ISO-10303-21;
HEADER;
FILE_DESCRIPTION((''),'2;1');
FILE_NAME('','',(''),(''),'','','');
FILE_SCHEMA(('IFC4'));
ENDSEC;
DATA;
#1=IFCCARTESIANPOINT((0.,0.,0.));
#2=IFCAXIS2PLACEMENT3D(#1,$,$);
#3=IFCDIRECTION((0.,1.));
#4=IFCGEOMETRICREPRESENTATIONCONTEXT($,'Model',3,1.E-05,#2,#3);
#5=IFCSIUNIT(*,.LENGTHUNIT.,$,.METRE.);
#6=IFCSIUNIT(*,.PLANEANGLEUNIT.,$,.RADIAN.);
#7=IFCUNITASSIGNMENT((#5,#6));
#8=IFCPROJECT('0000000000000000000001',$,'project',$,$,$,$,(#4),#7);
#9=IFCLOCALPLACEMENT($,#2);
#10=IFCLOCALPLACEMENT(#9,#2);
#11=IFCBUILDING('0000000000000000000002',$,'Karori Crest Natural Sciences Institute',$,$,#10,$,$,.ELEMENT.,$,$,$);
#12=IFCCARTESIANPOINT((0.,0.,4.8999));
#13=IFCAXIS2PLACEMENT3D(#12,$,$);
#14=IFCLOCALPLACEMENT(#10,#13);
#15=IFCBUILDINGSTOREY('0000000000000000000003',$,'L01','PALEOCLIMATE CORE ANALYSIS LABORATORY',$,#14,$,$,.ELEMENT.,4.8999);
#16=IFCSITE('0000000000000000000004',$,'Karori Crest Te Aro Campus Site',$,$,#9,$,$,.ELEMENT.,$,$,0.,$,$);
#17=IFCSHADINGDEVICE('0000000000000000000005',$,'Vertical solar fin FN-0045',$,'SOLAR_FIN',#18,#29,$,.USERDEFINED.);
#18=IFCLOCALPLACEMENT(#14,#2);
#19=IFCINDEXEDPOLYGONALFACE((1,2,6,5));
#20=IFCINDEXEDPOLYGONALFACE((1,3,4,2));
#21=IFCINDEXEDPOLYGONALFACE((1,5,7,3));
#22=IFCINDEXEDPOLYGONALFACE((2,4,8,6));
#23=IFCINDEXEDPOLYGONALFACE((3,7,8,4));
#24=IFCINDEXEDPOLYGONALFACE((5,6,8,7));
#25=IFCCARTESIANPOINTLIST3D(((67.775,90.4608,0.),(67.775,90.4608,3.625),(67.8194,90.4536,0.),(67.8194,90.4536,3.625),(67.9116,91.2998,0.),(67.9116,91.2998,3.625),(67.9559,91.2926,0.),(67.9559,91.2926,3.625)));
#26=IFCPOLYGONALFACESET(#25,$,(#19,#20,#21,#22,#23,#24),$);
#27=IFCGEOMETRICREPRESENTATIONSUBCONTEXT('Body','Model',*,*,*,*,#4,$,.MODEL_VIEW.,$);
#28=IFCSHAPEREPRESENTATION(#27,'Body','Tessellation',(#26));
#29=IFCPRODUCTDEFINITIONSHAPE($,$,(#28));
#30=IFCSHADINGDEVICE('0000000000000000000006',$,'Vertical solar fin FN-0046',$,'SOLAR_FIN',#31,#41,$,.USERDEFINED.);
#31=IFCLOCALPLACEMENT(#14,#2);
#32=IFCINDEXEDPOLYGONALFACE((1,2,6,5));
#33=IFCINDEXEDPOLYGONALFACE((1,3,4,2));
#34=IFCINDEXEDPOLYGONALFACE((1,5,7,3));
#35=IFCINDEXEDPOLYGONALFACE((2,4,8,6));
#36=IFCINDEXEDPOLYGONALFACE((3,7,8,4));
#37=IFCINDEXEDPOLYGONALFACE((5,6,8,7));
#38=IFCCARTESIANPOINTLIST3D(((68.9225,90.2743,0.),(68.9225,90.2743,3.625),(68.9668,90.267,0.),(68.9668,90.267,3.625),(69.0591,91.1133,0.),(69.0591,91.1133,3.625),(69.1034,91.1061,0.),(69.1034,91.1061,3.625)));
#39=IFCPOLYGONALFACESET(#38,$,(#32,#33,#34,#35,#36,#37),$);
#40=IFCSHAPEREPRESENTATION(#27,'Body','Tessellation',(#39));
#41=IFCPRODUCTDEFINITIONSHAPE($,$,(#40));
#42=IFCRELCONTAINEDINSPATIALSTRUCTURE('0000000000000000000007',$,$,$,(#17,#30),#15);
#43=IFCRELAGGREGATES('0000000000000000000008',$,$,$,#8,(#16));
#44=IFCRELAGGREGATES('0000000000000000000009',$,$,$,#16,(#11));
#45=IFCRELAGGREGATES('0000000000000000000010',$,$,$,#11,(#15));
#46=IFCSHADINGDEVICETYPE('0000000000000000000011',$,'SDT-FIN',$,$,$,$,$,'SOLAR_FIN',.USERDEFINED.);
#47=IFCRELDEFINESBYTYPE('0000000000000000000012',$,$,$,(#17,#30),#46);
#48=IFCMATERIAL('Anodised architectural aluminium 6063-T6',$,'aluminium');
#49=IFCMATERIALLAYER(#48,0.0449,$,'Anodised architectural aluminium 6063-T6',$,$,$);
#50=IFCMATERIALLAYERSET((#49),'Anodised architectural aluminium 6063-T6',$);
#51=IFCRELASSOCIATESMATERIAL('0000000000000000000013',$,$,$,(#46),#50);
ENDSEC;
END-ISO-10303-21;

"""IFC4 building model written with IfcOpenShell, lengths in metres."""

from ifc_helpers import new_model, si_unit, direction, frame, origin, origin_2d, place, context, subcontext, project, spatial, rectangle, extrude, material, layer, layer_set, type_object, element, save


model = new_model("IFC4")

# Units and contexts
model_context = context("Model", 3, precision=1e-05, world=origin(), true_north=direction((0.0, 1.0)))
body_context = subcontext(model_context, "Body", "Model", "MODEL_VIEW")
ifc_project = project(units=[si_unit("LENGTHUNIT", "METRE"), si_unit("PLANEANGLEUNIT", "RADIAN")], contexts=[model_context])

# Site, building, storey
site_placement = place(None, origin())
site = spatial("IfcSite", under=ifc_project, at=site_placement, Name="Karori Crest Te Aro Campus Site", CompositionType="ELEMENT", RefElevation=0.0)
building_placement = place(site_placement, origin())
building = spatial("IfcBuilding", under=site, at=building_placement, Name="Karori Crest Natural Sciences Institute", CompositionType="ELEMENT")
storey_placement = place(building_placement, frame((0.0, 0.0, 4.8999)))
storey = spatial("IfcBuildingStorey", under=building, at=storey_placement, Name="L01", Description="PALEOCLIMATE CORE ANALYSIS LABORATORY", CompositionType="ELEMENT", Elevation=4.8999)

# Shared definitions
ifc_material_1 = material(Name="Anodised architectural aluminium 6063-T6", Category="aluminium")

# Shading devices
ifc_layer_1 = layer(ifc_material_1, 0.0449, Name="Anodised architectural aluminium 6063-T6")
ifc_layer_set_1 = layer_set([ifc_layer_1], Name="Anodised architectural aluminium 6063-T6")
shading_device_type = type_object("IfcShadingDeviceType", Name="SDT-FIN", ElementType="SOLAR_FIN", PredefinedType="USERDEFINED", material=ifc_layer_set_1)
for number, where, z_axis, x_axis, name in (
    (1, (67.8655, 90.8767, 0.0), (0.0, 0.0, 1.0), (0.160651, 0.987011, 0.0), "Vertical solar fin FN-0045"),
    (2, (69.0129, 90.6902, 0.0), (0.0, 0.0, 1.0), (0.160651, 0.987011, 0.0), "Vertical solar fin FN-0046"),
):
    element("IfcShadingDevice", number, at=place(storey_placement, frame(where, z_axis=z_axis, x_axis=x_axis)), inside=storey, type_object=shading_device_type, Name=name, ObjectType="SOLAR_FIN", PredefinedType="USERDEFINED", context=body_context, shape_type="SweptSolid", body=[
        extrude(rectangle(XDim=0.8501, YDim=0.0449, at=origin_2d()), origin(), (0.0, 0.0, 1.0), 3.625),
    ])

save(model, "model.ifc")
